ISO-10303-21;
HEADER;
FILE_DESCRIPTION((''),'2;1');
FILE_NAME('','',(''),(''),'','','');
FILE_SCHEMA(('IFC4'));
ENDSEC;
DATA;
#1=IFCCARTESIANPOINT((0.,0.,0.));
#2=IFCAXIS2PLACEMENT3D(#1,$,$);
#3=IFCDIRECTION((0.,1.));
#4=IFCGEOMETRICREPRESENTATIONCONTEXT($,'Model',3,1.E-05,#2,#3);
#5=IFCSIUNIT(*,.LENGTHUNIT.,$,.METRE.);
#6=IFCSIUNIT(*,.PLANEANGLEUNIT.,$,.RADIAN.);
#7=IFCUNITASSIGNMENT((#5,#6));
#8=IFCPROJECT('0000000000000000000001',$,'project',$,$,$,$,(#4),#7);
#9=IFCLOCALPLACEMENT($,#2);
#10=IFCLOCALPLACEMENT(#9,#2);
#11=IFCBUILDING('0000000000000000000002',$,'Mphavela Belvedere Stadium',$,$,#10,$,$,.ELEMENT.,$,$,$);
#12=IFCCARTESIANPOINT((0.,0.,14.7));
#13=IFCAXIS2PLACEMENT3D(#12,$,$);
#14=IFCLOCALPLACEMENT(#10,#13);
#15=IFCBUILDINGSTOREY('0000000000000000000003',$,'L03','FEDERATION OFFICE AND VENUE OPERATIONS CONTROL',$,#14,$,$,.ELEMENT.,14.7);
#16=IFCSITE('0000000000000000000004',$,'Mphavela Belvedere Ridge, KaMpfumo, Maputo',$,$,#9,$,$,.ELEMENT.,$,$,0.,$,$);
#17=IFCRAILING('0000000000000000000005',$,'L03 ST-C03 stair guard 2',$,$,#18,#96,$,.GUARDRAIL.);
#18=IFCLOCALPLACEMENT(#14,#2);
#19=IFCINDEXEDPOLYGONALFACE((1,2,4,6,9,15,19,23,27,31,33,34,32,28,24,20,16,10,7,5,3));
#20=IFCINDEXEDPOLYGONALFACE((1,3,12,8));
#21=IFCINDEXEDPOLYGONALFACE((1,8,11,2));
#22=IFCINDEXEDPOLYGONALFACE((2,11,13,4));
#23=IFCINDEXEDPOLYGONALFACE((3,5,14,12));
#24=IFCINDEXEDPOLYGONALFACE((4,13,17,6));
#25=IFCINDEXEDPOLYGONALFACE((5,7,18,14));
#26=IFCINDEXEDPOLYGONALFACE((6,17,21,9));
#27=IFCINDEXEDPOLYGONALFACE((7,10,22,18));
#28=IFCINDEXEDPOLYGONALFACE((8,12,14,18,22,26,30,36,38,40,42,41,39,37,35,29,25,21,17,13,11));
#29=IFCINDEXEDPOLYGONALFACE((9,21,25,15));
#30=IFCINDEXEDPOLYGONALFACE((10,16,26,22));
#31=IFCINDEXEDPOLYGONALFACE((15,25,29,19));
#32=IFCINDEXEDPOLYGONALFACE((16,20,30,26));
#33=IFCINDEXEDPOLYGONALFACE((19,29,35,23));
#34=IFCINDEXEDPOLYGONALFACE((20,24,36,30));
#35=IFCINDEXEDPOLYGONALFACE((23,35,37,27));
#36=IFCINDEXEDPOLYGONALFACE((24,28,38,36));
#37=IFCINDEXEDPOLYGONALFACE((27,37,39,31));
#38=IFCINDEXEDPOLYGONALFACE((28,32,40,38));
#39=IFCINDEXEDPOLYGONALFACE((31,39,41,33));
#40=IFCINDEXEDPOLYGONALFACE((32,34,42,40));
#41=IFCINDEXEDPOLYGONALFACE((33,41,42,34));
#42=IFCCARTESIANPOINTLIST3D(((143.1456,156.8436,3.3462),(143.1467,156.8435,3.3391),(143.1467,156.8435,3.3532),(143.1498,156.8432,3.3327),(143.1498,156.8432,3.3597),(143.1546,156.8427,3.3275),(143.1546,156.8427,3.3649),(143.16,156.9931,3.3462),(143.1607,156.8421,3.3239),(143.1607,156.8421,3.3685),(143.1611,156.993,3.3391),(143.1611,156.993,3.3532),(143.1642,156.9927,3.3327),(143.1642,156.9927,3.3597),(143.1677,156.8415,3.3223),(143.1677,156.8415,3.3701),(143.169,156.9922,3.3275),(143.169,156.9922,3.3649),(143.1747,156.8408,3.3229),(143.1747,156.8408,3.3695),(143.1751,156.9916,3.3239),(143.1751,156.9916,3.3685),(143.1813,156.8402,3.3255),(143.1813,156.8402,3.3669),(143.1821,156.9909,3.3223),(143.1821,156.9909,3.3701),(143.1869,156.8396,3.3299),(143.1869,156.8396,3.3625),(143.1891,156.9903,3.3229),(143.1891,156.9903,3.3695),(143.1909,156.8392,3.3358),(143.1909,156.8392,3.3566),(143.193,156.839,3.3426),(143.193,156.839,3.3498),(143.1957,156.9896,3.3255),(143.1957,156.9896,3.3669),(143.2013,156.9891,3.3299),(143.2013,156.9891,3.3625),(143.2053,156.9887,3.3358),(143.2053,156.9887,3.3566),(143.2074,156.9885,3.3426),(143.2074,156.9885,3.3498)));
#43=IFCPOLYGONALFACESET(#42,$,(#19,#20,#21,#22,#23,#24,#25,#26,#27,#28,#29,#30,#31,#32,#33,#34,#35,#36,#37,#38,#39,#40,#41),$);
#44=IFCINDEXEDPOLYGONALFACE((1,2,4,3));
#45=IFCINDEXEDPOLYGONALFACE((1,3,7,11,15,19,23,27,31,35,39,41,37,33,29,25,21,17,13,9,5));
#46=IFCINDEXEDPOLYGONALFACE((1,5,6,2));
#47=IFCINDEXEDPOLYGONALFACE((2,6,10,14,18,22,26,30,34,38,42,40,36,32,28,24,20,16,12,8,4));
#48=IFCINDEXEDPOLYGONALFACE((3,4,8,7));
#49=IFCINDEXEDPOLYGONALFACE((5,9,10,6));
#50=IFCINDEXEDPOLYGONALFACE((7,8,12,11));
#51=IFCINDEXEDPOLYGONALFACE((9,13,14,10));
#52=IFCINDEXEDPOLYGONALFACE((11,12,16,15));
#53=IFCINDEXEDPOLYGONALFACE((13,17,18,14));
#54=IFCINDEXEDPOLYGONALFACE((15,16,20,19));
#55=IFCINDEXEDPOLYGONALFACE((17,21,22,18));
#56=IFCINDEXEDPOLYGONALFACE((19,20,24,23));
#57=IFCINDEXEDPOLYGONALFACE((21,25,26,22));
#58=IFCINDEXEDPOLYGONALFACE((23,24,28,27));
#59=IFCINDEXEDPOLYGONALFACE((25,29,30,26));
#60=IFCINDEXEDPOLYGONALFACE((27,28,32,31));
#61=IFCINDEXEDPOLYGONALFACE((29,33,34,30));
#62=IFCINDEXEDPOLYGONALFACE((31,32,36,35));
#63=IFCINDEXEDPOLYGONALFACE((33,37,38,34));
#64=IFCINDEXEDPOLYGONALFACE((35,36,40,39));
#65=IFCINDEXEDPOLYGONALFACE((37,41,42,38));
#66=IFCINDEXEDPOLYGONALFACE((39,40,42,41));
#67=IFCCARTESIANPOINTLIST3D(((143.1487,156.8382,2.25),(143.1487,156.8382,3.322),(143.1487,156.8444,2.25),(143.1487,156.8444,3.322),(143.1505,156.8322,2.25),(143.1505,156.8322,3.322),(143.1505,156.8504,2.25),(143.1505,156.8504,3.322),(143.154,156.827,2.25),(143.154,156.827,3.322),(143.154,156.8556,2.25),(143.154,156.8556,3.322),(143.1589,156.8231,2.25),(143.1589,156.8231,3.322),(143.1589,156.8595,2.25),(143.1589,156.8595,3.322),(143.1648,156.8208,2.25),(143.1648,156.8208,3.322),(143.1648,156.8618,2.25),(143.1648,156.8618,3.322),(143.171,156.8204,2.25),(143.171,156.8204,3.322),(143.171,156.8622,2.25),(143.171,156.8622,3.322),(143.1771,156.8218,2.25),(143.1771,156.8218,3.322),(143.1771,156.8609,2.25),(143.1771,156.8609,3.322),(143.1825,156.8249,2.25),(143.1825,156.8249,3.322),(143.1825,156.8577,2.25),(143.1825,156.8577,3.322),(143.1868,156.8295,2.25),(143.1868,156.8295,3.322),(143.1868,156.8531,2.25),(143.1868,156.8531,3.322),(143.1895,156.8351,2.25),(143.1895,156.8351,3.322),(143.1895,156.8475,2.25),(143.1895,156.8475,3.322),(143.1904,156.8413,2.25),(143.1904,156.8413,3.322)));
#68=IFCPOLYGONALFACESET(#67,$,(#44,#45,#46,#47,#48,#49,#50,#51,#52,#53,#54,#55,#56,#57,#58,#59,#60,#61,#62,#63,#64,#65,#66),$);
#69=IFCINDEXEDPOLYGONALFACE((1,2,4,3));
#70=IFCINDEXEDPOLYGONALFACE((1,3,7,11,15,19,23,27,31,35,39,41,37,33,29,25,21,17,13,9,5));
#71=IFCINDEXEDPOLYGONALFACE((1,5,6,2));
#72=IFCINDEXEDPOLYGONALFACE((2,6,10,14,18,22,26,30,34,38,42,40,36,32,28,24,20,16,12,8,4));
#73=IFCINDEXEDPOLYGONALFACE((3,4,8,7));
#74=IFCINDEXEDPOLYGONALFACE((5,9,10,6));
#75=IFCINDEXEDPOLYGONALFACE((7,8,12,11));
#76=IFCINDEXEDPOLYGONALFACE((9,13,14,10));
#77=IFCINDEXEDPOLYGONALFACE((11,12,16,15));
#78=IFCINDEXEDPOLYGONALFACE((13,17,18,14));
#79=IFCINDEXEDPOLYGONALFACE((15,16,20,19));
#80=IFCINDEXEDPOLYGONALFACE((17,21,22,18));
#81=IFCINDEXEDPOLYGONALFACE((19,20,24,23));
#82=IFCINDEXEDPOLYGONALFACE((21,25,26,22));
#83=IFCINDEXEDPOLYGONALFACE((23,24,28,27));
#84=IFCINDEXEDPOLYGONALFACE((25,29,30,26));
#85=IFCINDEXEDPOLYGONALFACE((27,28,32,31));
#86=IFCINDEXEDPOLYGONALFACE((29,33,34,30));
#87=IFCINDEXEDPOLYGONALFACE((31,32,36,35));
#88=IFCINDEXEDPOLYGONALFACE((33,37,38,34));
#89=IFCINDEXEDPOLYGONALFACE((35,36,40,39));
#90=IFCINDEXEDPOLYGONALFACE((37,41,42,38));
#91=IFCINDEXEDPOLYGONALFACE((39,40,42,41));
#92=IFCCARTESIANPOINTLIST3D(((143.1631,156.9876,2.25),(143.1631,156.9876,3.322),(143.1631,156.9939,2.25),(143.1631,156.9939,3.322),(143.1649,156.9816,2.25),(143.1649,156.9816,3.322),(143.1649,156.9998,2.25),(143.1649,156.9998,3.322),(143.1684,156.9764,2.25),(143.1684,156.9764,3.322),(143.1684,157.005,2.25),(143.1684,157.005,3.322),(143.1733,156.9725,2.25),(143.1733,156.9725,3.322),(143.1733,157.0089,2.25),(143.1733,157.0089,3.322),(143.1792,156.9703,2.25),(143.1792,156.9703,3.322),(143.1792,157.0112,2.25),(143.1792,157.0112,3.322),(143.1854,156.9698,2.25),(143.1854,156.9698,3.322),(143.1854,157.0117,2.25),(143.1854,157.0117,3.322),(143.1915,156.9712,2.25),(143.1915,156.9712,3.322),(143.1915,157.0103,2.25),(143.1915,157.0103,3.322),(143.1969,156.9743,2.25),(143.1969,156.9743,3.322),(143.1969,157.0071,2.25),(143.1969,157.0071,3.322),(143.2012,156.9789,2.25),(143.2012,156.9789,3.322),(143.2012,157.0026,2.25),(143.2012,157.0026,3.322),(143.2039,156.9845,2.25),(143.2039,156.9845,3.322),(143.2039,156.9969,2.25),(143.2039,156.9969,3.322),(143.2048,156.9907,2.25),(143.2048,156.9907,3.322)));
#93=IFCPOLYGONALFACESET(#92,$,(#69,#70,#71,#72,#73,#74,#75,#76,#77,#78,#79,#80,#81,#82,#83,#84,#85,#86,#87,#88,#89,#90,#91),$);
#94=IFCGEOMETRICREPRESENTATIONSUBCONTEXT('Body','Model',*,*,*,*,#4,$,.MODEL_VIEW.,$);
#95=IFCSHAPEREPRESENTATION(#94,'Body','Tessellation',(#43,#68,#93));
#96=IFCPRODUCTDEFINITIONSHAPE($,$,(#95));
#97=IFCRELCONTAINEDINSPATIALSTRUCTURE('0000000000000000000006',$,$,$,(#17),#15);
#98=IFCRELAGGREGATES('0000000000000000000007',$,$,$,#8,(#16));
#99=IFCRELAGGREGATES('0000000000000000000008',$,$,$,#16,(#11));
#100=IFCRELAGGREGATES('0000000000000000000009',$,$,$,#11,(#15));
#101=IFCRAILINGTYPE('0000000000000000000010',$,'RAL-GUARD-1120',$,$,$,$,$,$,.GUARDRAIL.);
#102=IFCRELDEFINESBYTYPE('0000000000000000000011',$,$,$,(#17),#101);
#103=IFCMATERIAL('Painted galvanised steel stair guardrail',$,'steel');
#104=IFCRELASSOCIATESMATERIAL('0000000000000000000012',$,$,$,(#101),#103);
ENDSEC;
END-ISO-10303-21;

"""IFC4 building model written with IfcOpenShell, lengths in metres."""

from ifc_helpers import new_model, si_unit, direction, frame, origin, origin_2d, place, context, subcontext, project, spatial, circle, extrude, material, type_object, element, save


model = new_model("IFC4")

# Units and contexts
model_context = context("Model", 3, precision=1e-05, world=origin(), true_north=direction((0.0, 1.0)))
body_context = subcontext(model_context, "Body", "Model", "MODEL_VIEW")
ifc_project = project(units=[si_unit("LENGTHUNIT", "METRE"), si_unit("PLANEANGLEUNIT", "RADIAN")], contexts=[model_context])

# Site, building, storey
site_placement = place(None, origin())
site = spatial("IfcSite", under=ifc_project, at=site_placement, Name="Mphavela Belvedere Ridge, KaMpfumo, Maputo", CompositionType="ELEMENT", RefElevation=0.0)
building_placement = place(site_placement, origin())
building = spatial("IfcBuilding", under=site, at=building_placement, Name="Mphavela Belvedere Stadium", CompositionType="ELEMENT")
storey_placement = place(building_placement, frame((0.0, 0.0, 14.7)))
storey = spatial("IfcBuildingStorey", under=building, at=storey_placement, Name="L03", Description="FEDERATION OFFICE AND VENUE OPERATIONS CONTROL", CompositionType="ELEMENT", Elevation=14.7)

# Railing
ifc_material_1 = material(Name="Painted galvanised steel stair guardrail", Category="steel")
railing_type_1 = type_object("IfcRailingType", Name="RAL-GUARD-1120", PredefinedType="GUARDRAIL", material=ifc_material_1)
railing_1_placement = place(storey_placement, frame((143.1694, 156.8413, 2.25)))
element("IfcRailing", 1, at=railing_1_placement, inside=storey, type_object=railing_type_1, Name="L03 ST-C03 stair guard 2", PredefinedType="GUARDRAIL", context=body_context, shape_type="SweptSolid", body=[
    extrude(circle(Radius=0.0239, at=origin_2d()), frame((0.0, 0.0, 1.0962), z_axis=(0.09596, 0.995385, 0.0), x_axis=(-0.995385, 0.09596, 0.0)), (0.0, 0.0, 1.0), 0.1501),
    extrude(circle(Radius=0.021, at=origin_2d()), origin(), (0.0, 0.0, 1.0), 1.072),
    extrude(circle(Radius=0.021, at=origin_2d()), frame((0.0144, 0.1494, 0.0)), (0.0, 0.0, 1.0), 1.072),
])

save(model, "model.ifc")
